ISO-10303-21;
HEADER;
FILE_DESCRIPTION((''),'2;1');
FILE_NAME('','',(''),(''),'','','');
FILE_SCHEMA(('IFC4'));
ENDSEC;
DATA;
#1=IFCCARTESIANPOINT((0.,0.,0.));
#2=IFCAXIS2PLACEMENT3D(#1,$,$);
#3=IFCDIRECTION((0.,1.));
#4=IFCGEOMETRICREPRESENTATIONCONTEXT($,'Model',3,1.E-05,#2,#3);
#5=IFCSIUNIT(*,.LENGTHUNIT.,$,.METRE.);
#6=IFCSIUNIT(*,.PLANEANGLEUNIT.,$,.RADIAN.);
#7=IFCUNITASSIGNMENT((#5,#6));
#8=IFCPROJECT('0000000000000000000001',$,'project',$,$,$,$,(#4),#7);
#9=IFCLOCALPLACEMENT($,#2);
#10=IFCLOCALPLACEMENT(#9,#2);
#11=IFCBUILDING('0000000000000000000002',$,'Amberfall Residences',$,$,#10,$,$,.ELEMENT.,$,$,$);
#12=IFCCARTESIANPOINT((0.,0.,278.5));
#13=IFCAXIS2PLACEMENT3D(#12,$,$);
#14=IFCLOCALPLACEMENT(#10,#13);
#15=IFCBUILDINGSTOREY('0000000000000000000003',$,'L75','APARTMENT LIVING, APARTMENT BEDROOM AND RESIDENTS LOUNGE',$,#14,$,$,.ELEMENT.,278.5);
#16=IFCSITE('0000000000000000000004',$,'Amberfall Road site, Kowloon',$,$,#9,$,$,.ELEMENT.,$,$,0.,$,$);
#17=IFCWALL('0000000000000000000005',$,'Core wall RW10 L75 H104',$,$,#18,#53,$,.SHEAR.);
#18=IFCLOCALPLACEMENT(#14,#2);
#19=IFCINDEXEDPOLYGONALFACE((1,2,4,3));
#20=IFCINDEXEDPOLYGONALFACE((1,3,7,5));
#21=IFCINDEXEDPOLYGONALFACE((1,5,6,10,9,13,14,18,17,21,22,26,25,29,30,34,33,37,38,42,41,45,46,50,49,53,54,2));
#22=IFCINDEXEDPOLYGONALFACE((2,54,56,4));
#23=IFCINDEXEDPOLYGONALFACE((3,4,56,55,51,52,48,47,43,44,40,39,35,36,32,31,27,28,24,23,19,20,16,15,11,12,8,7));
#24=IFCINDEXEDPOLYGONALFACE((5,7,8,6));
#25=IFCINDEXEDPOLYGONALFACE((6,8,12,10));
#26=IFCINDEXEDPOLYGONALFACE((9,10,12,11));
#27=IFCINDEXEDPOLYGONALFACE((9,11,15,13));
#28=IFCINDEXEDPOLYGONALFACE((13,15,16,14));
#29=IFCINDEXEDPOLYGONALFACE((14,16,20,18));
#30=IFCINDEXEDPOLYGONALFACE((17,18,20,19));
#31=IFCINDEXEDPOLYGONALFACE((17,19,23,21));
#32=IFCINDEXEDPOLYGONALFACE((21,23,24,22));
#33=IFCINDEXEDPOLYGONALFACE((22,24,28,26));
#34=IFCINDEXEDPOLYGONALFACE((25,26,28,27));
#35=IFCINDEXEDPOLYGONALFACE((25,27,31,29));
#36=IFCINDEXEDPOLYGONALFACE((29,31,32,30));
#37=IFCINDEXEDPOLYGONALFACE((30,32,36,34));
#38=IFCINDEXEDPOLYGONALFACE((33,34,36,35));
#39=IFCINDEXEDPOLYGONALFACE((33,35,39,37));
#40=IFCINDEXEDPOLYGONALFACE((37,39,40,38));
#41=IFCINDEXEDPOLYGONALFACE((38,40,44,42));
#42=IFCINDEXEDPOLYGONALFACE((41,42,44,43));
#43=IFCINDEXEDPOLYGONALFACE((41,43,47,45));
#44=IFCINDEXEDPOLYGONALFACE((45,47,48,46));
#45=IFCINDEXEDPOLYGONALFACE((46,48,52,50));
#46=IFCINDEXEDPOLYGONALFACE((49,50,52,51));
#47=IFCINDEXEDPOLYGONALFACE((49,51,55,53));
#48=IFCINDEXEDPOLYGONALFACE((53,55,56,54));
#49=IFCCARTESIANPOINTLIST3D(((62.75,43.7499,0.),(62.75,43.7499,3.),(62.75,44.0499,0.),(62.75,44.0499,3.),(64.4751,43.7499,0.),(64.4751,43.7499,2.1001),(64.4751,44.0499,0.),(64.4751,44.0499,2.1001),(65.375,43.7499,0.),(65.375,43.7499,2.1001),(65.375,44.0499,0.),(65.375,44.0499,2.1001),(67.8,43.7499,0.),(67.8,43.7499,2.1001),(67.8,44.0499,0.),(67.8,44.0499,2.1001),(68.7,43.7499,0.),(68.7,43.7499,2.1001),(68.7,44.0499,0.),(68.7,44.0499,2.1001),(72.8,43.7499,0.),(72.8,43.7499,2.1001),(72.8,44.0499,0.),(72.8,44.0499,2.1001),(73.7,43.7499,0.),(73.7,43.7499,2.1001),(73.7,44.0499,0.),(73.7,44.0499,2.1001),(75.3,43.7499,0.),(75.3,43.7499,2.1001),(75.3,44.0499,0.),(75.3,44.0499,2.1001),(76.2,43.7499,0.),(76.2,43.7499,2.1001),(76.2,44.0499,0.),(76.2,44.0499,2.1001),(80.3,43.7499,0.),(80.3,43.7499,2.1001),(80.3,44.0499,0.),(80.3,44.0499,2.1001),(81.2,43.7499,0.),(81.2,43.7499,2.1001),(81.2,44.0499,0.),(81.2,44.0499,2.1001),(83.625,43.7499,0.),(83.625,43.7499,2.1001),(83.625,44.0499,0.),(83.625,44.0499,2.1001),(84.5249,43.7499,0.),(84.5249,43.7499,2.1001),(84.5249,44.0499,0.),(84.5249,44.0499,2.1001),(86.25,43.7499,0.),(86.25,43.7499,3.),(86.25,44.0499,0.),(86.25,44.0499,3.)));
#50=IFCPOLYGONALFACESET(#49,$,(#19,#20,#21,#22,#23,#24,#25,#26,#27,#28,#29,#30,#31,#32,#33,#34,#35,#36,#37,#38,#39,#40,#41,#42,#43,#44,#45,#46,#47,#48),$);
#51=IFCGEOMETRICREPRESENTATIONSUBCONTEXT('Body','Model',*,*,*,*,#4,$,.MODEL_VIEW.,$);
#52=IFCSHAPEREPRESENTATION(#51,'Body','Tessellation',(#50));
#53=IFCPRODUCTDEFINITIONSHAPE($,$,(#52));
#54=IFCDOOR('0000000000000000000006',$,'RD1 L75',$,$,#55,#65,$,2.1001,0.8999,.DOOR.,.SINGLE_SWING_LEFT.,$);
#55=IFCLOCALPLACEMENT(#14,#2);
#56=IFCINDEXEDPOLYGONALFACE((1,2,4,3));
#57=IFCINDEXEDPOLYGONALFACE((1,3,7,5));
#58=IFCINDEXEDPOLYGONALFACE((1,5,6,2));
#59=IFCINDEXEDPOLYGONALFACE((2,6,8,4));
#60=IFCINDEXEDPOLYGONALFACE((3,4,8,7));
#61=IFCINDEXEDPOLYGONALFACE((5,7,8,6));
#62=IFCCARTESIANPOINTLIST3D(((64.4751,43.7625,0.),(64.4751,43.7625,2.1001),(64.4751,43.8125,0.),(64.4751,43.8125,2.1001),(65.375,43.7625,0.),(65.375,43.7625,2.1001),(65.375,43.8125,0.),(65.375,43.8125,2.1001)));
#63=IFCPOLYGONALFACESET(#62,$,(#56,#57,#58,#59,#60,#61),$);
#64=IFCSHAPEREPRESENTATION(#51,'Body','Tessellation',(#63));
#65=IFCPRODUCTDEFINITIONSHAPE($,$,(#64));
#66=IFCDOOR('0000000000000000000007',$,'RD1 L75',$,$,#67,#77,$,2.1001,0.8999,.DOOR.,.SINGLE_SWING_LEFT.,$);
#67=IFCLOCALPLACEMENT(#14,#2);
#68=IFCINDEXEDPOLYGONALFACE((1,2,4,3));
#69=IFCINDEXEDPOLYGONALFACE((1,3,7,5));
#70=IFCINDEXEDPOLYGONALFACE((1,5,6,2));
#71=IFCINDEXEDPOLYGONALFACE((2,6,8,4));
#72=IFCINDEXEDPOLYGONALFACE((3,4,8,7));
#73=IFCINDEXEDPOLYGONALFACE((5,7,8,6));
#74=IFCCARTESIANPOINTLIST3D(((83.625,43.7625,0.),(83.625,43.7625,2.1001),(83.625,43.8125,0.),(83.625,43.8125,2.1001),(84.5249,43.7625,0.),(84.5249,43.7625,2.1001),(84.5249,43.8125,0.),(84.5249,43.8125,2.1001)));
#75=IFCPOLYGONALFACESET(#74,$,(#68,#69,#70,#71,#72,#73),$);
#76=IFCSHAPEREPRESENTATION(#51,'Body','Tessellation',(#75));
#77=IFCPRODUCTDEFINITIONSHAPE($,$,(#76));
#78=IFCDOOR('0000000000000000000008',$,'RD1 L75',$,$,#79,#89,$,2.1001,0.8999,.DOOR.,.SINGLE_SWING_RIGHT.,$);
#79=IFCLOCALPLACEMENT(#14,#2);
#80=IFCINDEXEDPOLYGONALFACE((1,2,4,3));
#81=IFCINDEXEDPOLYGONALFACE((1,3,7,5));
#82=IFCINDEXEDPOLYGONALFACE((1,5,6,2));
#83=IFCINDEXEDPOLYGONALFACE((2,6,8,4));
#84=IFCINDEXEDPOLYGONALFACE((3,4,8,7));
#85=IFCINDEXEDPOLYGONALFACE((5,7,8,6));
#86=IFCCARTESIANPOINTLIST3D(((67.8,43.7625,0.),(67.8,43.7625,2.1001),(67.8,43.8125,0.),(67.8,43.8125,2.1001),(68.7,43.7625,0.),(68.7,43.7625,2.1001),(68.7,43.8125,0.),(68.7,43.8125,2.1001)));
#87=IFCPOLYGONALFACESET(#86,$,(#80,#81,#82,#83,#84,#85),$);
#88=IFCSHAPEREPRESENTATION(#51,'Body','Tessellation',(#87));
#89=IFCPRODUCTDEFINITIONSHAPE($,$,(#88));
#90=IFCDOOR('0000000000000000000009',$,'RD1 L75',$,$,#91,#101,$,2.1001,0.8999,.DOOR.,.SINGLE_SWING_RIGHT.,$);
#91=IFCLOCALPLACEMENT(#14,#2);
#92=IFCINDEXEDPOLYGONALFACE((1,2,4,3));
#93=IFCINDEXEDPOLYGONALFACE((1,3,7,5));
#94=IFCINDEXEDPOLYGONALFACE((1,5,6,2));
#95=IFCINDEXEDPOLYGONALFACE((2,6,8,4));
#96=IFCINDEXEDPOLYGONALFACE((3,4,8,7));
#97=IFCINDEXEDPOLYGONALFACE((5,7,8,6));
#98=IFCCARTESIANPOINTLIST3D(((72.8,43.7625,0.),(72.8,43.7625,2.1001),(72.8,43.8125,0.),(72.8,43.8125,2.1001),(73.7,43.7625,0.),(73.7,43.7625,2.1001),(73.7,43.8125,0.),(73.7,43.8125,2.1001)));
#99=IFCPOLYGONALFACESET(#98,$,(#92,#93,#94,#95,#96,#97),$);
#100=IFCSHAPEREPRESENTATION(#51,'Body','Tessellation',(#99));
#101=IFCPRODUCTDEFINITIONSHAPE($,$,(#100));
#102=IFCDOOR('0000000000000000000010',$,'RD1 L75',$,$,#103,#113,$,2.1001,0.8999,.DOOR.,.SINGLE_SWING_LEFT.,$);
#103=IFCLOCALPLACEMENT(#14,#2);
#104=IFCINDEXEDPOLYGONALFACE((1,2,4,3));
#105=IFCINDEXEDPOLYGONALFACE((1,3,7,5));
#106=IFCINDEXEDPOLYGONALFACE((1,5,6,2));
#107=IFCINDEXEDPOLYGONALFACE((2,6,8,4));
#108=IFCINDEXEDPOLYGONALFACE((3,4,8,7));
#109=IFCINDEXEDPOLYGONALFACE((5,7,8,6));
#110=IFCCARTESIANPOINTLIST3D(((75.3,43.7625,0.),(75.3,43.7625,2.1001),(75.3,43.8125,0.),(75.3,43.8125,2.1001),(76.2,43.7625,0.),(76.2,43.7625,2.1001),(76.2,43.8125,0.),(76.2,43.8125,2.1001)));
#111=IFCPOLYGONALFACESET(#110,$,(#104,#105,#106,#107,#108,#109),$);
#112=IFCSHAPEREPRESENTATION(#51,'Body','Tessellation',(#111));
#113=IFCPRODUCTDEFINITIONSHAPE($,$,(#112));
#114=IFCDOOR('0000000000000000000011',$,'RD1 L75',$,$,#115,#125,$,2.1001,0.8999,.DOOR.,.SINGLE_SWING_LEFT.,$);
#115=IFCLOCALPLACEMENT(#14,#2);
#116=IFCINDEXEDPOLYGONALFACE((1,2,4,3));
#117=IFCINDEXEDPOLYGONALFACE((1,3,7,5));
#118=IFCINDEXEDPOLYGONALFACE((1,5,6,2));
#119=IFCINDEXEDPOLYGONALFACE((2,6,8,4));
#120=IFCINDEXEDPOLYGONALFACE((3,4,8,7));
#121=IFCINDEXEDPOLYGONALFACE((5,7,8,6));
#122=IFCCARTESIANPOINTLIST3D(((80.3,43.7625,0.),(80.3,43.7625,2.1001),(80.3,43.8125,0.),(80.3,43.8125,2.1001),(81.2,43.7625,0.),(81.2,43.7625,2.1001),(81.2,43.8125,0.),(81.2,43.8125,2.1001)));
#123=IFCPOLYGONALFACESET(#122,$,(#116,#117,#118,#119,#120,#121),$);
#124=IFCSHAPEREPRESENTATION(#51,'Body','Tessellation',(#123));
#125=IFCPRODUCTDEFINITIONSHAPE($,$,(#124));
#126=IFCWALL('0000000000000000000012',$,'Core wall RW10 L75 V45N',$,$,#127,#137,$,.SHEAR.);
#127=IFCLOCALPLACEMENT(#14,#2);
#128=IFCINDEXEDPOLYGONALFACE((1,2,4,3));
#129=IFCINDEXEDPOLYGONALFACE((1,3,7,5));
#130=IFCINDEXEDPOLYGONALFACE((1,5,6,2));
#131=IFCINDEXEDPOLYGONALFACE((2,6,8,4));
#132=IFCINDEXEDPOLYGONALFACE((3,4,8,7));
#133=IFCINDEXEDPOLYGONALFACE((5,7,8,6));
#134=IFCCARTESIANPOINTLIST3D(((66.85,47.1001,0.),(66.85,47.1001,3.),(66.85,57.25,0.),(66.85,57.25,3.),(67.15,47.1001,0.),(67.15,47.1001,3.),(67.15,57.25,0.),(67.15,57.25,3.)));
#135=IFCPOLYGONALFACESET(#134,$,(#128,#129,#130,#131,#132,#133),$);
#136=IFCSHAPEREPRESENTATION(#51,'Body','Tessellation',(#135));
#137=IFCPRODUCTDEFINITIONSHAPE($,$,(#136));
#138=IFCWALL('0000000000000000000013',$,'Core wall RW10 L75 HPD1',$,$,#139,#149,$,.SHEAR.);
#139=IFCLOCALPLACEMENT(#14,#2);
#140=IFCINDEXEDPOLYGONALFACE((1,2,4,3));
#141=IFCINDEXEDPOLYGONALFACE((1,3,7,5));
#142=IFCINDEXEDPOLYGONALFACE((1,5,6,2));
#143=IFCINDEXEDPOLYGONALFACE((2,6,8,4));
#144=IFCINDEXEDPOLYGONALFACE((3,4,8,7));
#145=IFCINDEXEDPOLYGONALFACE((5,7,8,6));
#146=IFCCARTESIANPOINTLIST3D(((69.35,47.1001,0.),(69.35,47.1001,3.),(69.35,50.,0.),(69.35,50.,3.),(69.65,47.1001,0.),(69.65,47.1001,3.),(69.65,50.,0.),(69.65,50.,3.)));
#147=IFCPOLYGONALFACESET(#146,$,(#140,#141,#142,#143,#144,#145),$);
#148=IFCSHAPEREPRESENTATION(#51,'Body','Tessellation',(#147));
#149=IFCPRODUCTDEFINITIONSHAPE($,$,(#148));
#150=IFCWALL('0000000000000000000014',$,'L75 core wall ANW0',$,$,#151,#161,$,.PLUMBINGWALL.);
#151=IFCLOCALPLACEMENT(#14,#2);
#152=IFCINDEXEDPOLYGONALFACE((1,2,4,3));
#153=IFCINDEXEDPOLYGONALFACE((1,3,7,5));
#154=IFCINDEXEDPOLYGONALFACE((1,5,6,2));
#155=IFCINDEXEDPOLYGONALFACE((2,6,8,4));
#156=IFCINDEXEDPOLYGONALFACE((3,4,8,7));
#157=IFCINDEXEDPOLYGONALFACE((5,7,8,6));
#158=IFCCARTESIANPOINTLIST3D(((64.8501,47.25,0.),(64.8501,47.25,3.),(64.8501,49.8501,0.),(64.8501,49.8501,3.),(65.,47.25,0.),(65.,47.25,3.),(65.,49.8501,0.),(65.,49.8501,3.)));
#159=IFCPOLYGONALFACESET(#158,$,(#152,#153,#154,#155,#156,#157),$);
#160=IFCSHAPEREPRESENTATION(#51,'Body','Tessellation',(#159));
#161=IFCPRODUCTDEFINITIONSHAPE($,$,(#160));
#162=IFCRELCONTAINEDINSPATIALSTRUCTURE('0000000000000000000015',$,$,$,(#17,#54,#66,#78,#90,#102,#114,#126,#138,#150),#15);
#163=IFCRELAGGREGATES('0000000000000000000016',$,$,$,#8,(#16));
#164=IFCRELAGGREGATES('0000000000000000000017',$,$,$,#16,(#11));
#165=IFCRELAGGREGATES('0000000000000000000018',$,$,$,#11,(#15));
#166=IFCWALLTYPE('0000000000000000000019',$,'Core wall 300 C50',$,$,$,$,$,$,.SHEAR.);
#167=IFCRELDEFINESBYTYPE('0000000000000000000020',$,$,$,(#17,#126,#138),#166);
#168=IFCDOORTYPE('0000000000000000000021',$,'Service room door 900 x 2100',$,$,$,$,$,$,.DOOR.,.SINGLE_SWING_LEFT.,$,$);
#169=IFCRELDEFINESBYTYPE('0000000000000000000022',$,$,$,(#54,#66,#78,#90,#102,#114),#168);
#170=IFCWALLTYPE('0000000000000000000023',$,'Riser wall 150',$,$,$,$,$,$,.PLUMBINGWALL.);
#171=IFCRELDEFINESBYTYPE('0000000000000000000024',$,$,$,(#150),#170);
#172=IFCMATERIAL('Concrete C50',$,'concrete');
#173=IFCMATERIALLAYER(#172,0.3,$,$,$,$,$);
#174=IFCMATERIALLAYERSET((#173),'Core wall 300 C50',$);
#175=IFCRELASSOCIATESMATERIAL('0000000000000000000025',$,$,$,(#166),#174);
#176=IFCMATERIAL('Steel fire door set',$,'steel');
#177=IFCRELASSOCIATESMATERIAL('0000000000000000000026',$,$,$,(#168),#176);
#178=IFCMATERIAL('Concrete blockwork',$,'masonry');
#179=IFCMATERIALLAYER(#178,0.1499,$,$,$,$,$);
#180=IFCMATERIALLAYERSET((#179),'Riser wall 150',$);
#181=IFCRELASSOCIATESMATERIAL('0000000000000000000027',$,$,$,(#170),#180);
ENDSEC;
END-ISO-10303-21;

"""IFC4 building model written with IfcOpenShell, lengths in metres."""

from ifc_helpers import new_model, si_unit, direction, frame, frame_2d, origin, place, context, subcontext, project, spatial, rectangle, extrude, material, layer, layer_set, type_object, element, fill, save


model = new_model("IFC4")

# Units and contexts
model_context = context("Model", 3, precision=1e-05, world=origin(), true_north=direction((0.0, 1.0)))
body_context = subcontext(model_context, "Body", "Model", "MODEL_VIEW")
ifc_project = project(units=[si_unit("LENGTHUNIT", "METRE"), si_unit("PLANEANGLEUNIT", "RADIAN")], contexts=[model_context])

# Site, building, storey
site_placement = place(None, origin())
site = spatial("IfcSite", under=ifc_project, at=site_placement, Name="Amberfall Road site, Kowloon", CompositionType="ELEMENT", RefElevation=0.0)
building_placement = place(site_placement, origin())
building = spatial("IfcBuilding", under=site, at=building_placement, Name="Amberfall Residences", CompositionType="ELEMENT")
storey_placement = place(building_placement, frame((0.0, 0.0, 278.5)))
storey = spatial("IfcBuildingStorey", under=building, at=storey_placement, Name="L75", Description="APARTMENT LIVING, APARTMENT BEDROOM AND RESIDENTS LOUNGE", CompositionType="ELEMENT", Elevation=278.5)

# Wall, openings, doors
ifc_material_1 = material(Name="Concrete C50", Category="concrete")
ifc_layer_1 = layer(ifc_material_1, 0.3)
ifc_layer_set_1 = layer_set([ifc_layer_1], Name="Core wall 300 C50")
wall_type_1 = type_object("IfcWallType", Name="Core wall 300 C50", PredefinedType="SHEAR", material=ifc_layer_set_1)
wall_1_placement = place(storey_placement, frame((62.75, 43.8999, 0.0), z_axis=(0.0, 0.0, 1.0), x_axis=(1.0, 0.0, 0.0)))
wall_1 = element("IfcWall", 1, at=wall_1_placement, inside=storey, type_object=wall_type_1, Name="Core wall RW10 L75 H104", PredefinedType="SHEAR", context=body_context, shape_type="SweptSolid", body=[
    extrude(rectangle(XDim=23.5, YDim=0.3, at=frame_2d((11.75, 0.0))), origin(), (0.0, 0.0, 1.0), 3.0),
])
opening_1_placement = place(wall_1_placement, frame((1.7251, 0.0, 0.0)))
opening_1 = element("IfcOpeningElement", 2, at=opening_1_placement, cuts=wall_1, PredefinedType="OPENING", context=body_context, shape_type="SweptSolid", body=[
    extrude(rectangle(XDim=0.8999, YDim=2.1001, at=frame_2d((0.45, 1.05))), frame((0.0, 0.1599, 0.0), z_axis=(0.0, -1.0, 0.0), x_axis=(1.0, 0.0, 0.0)), (0.0, 0.0, 1.0), 0.3201),
])
opening_2_placement = place(wall_1_placement, frame((20.875, 0.0, 0.0)))
opening_2 = element("IfcOpeningElement", 3, at=opening_2_placement, cuts=wall_1, PredefinedType="OPENING", context=body_context, shape_type="SweptSolid", body=[
    extrude(rectangle(XDim=0.8999, YDim=2.1001, at=frame_2d((0.45, 1.05))), frame((0.0, 0.1599, 0.0), z_axis=(0.0, -1.0, 0.0), x_axis=(1.0, 0.0, 0.0)), (0.0, 0.0, 1.0), 0.3201),
])
opening_3_placement = place(wall_1_placement, frame((5.05, 0.0, 0.0)))
opening_3 = element("IfcOpeningElement", 4, at=opening_3_placement, cuts=wall_1, PredefinedType="OPENING", context=body_context, shape_type="SweptSolid", body=[
    extrude(rectangle(XDim=0.8999, YDim=2.1001, at=frame_2d((0.45, 1.05))), frame((0.0, 0.1599, 0.0), z_axis=(0.0, -1.0, 0.0), x_axis=(1.0, 0.0, 0.0)), (0.0, 0.0, 1.0), 0.3201),
])
opening_4_placement = place(wall_1_placement, frame((10.05, 0.0, 0.0)))
opening_4 = element("IfcOpeningElement", 5, at=opening_4_placement, cuts=wall_1, PredefinedType="OPENING", context=body_context, shape_type="SweptSolid", body=[
    extrude(rectangle(XDim=0.8999, YDim=2.1001, at=frame_2d((0.45, 1.05))), frame((0.0, 0.1599, 0.0), z_axis=(0.0, -1.0, 0.0), x_axis=(1.0, 0.0, 0.0)), (0.0, 0.0, 1.0), 0.3201),
])
opening_5_placement = place(wall_1_placement, frame((12.55, 0.0, 0.0)))
opening_5 = element("IfcOpeningElement", 6, at=opening_5_placement, cuts=wall_1, PredefinedType="OPENING", context=body_context, shape_type="SweptSolid", body=[
    extrude(rectangle(XDim=0.8999, YDim=2.1001, at=frame_2d((0.45, 1.05))), frame((0.0, 0.1599, 0.0), z_axis=(0.0, -1.0, 0.0), x_axis=(1.0, 0.0, 0.0)), (0.0, 0.0, 1.0), 0.3201),
])
opening_6_placement = place(wall_1_placement, frame((17.55, 0.0, 0.0)))
opening_6 = element("IfcOpeningElement", 7, at=opening_6_placement, cuts=wall_1, PredefinedType="OPENING", context=body_context, shape_type="SweptSolid", body=[
    extrude(rectangle(XDim=0.8999, YDim=2.1001, at=frame_2d((0.45, 1.05))), frame((0.0, 0.1599, 0.0), z_axis=(0.0, -1.0, 0.0), x_axis=(1.0, 0.0, 0.0)), (0.0, 0.0, 1.0), 0.3201),
])
ifc_material_2 = material(Name="Steel fire door set", Category="steel")
door_type_1 = type_object("IfcDoorType", Name="Service room door 900 x 2100", OperationType="SINGLE_SWING_LEFT", PredefinedType="DOOR", material=ifc_material_2)
door_1_placement = place(opening_1_placement, origin())
door_1 = element("IfcDoor", 8, at=door_1_placement, inside=storey, type_object=door_type_1, Name="RD1 L75", OperationType="SINGLE_SWING_LEFT", OverallHeight=2.1001, OverallWidth=0.8999, PredefinedType="DOOR", context=body_context, shape_type="SweptSolid", body=[
    extrude(rectangle(XDim=0.8999, YDim=2.1001, at=frame_2d((0.45, 1.05))), frame((0.0, -0.0874, 0.0), z_axis=(0.0, -1.0, 0.0), x_axis=(1.0, 0.0, 0.0)), (0.0, 0.0, 1.0), 0.05),
])
fill(opening_1, door_1)
door_2_placement = place(opening_2_placement, origin())
door_2 = element("IfcDoor", 9, at=door_2_placement, inside=storey, type_object=door_type_1, Name="RD1 L75", OperationType="SINGLE_SWING_LEFT", OverallHeight=2.1001, OverallWidth=0.8999, PredefinedType="DOOR", context=body_context, shape_type="SweptSolid", body=[
    extrude(rectangle(XDim=0.8999, YDim=2.1001, at=frame_2d((0.45, 1.05))), frame((0.0, -0.0874, 0.0), z_axis=(0.0, -1.0, 0.0), x_axis=(1.0, 0.0, 0.0)), (0.0, 0.0, 1.0), 0.05),
])
fill(opening_2, door_2)
door_3_placement = place(opening_3_placement, origin())
door_3 = element("IfcDoor", 10, at=door_3_placement, inside=storey, type_object=door_type_1, Name="RD1 L75", OperationType="SINGLE_SWING_RIGHT", OverallHeight=2.1001, OverallWidth=0.8999, PredefinedType="DOOR", context=body_context, shape_type="SweptSolid", body=[
    extrude(rectangle(XDim=0.8999, YDim=2.1001, at=frame_2d((0.45, 1.05))), frame((0.0, -0.0874, 0.0), z_axis=(0.0, -1.0, 0.0), x_axis=(1.0, 0.0, 0.0)), (0.0, 0.0, 1.0), 0.05),
])
fill(opening_3, door_3)
door_4_placement = place(opening_4_placement, origin())
door_4 = element("IfcDoor", 11, at=door_4_placement, inside=storey, type_object=door_type_1, Name="RD1 L75", OperationType="SINGLE_SWING_RIGHT", OverallHeight=2.1001, OverallWidth=0.8999, PredefinedType="DOOR", context=body_context, shape_type="SweptSolid", body=[
    extrude(rectangle(XDim=0.8999, YDim=2.1001, at=frame_2d((0.45, 1.05))), frame((0.0, -0.0874, 0.0), z_axis=(0.0, -1.0, 0.0), x_axis=(1.0, 0.0, 0.0)), (0.0, 0.0, 1.0), 0.05),
])
fill(opening_4, door_4)
door_5_placement = place(opening_5_placement, origin())
door_5 = element("IfcDoor", 12, at=door_5_placement, inside=storey, type_object=door_type_1, Name="RD1 L75", OperationType="SINGLE_SWING_LEFT", OverallHeight=2.1001, OverallWidth=0.8999, PredefinedType="DOOR", context=body_context, shape_type="SweptSolid", body=[
    extrude(rectangle(XDim=0.8999, YDim=2.1001, at=frame_2d((0.45, 1.05))), frame((0.0, -0.0874, 0.0), z_axis=(0.0, -1.0, 0.0), x_axis=(1.0, 0.0, 0.0)), (0.0, 0.0, 1.0), 0.05),
])
fill(opening_5, door_5)
door_6_placement = place(opening_6_placement, origin())
door_6 = element("IfcDoor", 13, at=door_6_placement, inside=storey, type_object=door_type_1, Name="RD1 L75", OperationType="SINGLE_SWING_LEFT", OverallHeight=2.1001, OverallWidth=0.8999, PredefinedType="DOOR", context=body_context, shape_type="SweptSolid", body=[
    extrude(rectangle(XDim=0.8999, YDim=2.1001, at=frame_2d((0.45, 1.05))), frame((0.0, -0.0874, 0.0), z_axis=(0.0, -1.0, 0.0), x_axis=(1.0, 0.0, 0.0)), (0.0, 0.0, 1.0), 0.05),
])
fill(opening_6, door_6)

# Walls
wall_2_placement = place(storey_placement, frame((67.0, 47.1001, 0.0), z_axis=(0.0, 0.0, 1.0), x_axis=(0.0, 1.0, 0.0)))
element("IfcWall", 14, at=wall_2_placement, inside=storey, type_object=wall_type_1, Name="Core wall RW10 L75 V45N", PredefinedType="SHEAR", context=body_context, shape_type="SweptSolid", body=[
    extrude(rectangle(XDim=10.1499, YDim=0.3, at=frame_2d((5.075, 0.0))), origin(), (0.0, 0.0, 1.0), 3.0),
])
wall_3_placement = place(storey_placement, frame((69.5, 47.1001, 0.0), z_axis=(0.0, 0.0, 1.0), x_axis=(0.0, 1.0, 0.0)))
element("IfcWall", 15, at=wall_3_placement, inside=storey, type_object=wall_type_1, Name="Core wall RW10 L75 HPD1", PredefinedType="SHEAR", context=body_context, shape_type="SweptSolid", body=[
    extrude(rectangle(XDim=2.8999, YDim=0.3, at=frame_2d((1.45, 0.0))), origin(), (0.0, 0.0, 1.0), 3.0),
])
ifc_material_3 = material(Name="Concrete blockwork", Category="masonry")
ifc_layer_2 = layer(ifc_material_3, 0.1499)
ifc_layer_set_2 = layer_set([ifc_layer_2], Name="Riser wall 150")
wall_type_2 = type_object("IfcWallType", Name="Riser wall 150", PredefinedType="PLUMBINGWALL", material=ifc_layer_set_2)
wall_4_placement = place(storey_placement, frame((64.925, 47.25, 0.0), z_axis=(0.0, 0.0, 1.0), x_axis=(0.0, 1.0, 0.0)))
element("IfcWall", 16, at=wall_4_placement, inside=storey, type_object=wall_type_2, Name="L75 core wall ANW0", PredefinedType="PLUMBINGWALL", context=body_context, shape_type="SweptSolid", body=[
    extrude(rectangle(XDim=2.6001, YDim=0.1499, at=frame_2d((1.3, 0.0))), origin(), (0.0, 0.0, 1.0), 3.0),
])

save(model, "model.ifc")
